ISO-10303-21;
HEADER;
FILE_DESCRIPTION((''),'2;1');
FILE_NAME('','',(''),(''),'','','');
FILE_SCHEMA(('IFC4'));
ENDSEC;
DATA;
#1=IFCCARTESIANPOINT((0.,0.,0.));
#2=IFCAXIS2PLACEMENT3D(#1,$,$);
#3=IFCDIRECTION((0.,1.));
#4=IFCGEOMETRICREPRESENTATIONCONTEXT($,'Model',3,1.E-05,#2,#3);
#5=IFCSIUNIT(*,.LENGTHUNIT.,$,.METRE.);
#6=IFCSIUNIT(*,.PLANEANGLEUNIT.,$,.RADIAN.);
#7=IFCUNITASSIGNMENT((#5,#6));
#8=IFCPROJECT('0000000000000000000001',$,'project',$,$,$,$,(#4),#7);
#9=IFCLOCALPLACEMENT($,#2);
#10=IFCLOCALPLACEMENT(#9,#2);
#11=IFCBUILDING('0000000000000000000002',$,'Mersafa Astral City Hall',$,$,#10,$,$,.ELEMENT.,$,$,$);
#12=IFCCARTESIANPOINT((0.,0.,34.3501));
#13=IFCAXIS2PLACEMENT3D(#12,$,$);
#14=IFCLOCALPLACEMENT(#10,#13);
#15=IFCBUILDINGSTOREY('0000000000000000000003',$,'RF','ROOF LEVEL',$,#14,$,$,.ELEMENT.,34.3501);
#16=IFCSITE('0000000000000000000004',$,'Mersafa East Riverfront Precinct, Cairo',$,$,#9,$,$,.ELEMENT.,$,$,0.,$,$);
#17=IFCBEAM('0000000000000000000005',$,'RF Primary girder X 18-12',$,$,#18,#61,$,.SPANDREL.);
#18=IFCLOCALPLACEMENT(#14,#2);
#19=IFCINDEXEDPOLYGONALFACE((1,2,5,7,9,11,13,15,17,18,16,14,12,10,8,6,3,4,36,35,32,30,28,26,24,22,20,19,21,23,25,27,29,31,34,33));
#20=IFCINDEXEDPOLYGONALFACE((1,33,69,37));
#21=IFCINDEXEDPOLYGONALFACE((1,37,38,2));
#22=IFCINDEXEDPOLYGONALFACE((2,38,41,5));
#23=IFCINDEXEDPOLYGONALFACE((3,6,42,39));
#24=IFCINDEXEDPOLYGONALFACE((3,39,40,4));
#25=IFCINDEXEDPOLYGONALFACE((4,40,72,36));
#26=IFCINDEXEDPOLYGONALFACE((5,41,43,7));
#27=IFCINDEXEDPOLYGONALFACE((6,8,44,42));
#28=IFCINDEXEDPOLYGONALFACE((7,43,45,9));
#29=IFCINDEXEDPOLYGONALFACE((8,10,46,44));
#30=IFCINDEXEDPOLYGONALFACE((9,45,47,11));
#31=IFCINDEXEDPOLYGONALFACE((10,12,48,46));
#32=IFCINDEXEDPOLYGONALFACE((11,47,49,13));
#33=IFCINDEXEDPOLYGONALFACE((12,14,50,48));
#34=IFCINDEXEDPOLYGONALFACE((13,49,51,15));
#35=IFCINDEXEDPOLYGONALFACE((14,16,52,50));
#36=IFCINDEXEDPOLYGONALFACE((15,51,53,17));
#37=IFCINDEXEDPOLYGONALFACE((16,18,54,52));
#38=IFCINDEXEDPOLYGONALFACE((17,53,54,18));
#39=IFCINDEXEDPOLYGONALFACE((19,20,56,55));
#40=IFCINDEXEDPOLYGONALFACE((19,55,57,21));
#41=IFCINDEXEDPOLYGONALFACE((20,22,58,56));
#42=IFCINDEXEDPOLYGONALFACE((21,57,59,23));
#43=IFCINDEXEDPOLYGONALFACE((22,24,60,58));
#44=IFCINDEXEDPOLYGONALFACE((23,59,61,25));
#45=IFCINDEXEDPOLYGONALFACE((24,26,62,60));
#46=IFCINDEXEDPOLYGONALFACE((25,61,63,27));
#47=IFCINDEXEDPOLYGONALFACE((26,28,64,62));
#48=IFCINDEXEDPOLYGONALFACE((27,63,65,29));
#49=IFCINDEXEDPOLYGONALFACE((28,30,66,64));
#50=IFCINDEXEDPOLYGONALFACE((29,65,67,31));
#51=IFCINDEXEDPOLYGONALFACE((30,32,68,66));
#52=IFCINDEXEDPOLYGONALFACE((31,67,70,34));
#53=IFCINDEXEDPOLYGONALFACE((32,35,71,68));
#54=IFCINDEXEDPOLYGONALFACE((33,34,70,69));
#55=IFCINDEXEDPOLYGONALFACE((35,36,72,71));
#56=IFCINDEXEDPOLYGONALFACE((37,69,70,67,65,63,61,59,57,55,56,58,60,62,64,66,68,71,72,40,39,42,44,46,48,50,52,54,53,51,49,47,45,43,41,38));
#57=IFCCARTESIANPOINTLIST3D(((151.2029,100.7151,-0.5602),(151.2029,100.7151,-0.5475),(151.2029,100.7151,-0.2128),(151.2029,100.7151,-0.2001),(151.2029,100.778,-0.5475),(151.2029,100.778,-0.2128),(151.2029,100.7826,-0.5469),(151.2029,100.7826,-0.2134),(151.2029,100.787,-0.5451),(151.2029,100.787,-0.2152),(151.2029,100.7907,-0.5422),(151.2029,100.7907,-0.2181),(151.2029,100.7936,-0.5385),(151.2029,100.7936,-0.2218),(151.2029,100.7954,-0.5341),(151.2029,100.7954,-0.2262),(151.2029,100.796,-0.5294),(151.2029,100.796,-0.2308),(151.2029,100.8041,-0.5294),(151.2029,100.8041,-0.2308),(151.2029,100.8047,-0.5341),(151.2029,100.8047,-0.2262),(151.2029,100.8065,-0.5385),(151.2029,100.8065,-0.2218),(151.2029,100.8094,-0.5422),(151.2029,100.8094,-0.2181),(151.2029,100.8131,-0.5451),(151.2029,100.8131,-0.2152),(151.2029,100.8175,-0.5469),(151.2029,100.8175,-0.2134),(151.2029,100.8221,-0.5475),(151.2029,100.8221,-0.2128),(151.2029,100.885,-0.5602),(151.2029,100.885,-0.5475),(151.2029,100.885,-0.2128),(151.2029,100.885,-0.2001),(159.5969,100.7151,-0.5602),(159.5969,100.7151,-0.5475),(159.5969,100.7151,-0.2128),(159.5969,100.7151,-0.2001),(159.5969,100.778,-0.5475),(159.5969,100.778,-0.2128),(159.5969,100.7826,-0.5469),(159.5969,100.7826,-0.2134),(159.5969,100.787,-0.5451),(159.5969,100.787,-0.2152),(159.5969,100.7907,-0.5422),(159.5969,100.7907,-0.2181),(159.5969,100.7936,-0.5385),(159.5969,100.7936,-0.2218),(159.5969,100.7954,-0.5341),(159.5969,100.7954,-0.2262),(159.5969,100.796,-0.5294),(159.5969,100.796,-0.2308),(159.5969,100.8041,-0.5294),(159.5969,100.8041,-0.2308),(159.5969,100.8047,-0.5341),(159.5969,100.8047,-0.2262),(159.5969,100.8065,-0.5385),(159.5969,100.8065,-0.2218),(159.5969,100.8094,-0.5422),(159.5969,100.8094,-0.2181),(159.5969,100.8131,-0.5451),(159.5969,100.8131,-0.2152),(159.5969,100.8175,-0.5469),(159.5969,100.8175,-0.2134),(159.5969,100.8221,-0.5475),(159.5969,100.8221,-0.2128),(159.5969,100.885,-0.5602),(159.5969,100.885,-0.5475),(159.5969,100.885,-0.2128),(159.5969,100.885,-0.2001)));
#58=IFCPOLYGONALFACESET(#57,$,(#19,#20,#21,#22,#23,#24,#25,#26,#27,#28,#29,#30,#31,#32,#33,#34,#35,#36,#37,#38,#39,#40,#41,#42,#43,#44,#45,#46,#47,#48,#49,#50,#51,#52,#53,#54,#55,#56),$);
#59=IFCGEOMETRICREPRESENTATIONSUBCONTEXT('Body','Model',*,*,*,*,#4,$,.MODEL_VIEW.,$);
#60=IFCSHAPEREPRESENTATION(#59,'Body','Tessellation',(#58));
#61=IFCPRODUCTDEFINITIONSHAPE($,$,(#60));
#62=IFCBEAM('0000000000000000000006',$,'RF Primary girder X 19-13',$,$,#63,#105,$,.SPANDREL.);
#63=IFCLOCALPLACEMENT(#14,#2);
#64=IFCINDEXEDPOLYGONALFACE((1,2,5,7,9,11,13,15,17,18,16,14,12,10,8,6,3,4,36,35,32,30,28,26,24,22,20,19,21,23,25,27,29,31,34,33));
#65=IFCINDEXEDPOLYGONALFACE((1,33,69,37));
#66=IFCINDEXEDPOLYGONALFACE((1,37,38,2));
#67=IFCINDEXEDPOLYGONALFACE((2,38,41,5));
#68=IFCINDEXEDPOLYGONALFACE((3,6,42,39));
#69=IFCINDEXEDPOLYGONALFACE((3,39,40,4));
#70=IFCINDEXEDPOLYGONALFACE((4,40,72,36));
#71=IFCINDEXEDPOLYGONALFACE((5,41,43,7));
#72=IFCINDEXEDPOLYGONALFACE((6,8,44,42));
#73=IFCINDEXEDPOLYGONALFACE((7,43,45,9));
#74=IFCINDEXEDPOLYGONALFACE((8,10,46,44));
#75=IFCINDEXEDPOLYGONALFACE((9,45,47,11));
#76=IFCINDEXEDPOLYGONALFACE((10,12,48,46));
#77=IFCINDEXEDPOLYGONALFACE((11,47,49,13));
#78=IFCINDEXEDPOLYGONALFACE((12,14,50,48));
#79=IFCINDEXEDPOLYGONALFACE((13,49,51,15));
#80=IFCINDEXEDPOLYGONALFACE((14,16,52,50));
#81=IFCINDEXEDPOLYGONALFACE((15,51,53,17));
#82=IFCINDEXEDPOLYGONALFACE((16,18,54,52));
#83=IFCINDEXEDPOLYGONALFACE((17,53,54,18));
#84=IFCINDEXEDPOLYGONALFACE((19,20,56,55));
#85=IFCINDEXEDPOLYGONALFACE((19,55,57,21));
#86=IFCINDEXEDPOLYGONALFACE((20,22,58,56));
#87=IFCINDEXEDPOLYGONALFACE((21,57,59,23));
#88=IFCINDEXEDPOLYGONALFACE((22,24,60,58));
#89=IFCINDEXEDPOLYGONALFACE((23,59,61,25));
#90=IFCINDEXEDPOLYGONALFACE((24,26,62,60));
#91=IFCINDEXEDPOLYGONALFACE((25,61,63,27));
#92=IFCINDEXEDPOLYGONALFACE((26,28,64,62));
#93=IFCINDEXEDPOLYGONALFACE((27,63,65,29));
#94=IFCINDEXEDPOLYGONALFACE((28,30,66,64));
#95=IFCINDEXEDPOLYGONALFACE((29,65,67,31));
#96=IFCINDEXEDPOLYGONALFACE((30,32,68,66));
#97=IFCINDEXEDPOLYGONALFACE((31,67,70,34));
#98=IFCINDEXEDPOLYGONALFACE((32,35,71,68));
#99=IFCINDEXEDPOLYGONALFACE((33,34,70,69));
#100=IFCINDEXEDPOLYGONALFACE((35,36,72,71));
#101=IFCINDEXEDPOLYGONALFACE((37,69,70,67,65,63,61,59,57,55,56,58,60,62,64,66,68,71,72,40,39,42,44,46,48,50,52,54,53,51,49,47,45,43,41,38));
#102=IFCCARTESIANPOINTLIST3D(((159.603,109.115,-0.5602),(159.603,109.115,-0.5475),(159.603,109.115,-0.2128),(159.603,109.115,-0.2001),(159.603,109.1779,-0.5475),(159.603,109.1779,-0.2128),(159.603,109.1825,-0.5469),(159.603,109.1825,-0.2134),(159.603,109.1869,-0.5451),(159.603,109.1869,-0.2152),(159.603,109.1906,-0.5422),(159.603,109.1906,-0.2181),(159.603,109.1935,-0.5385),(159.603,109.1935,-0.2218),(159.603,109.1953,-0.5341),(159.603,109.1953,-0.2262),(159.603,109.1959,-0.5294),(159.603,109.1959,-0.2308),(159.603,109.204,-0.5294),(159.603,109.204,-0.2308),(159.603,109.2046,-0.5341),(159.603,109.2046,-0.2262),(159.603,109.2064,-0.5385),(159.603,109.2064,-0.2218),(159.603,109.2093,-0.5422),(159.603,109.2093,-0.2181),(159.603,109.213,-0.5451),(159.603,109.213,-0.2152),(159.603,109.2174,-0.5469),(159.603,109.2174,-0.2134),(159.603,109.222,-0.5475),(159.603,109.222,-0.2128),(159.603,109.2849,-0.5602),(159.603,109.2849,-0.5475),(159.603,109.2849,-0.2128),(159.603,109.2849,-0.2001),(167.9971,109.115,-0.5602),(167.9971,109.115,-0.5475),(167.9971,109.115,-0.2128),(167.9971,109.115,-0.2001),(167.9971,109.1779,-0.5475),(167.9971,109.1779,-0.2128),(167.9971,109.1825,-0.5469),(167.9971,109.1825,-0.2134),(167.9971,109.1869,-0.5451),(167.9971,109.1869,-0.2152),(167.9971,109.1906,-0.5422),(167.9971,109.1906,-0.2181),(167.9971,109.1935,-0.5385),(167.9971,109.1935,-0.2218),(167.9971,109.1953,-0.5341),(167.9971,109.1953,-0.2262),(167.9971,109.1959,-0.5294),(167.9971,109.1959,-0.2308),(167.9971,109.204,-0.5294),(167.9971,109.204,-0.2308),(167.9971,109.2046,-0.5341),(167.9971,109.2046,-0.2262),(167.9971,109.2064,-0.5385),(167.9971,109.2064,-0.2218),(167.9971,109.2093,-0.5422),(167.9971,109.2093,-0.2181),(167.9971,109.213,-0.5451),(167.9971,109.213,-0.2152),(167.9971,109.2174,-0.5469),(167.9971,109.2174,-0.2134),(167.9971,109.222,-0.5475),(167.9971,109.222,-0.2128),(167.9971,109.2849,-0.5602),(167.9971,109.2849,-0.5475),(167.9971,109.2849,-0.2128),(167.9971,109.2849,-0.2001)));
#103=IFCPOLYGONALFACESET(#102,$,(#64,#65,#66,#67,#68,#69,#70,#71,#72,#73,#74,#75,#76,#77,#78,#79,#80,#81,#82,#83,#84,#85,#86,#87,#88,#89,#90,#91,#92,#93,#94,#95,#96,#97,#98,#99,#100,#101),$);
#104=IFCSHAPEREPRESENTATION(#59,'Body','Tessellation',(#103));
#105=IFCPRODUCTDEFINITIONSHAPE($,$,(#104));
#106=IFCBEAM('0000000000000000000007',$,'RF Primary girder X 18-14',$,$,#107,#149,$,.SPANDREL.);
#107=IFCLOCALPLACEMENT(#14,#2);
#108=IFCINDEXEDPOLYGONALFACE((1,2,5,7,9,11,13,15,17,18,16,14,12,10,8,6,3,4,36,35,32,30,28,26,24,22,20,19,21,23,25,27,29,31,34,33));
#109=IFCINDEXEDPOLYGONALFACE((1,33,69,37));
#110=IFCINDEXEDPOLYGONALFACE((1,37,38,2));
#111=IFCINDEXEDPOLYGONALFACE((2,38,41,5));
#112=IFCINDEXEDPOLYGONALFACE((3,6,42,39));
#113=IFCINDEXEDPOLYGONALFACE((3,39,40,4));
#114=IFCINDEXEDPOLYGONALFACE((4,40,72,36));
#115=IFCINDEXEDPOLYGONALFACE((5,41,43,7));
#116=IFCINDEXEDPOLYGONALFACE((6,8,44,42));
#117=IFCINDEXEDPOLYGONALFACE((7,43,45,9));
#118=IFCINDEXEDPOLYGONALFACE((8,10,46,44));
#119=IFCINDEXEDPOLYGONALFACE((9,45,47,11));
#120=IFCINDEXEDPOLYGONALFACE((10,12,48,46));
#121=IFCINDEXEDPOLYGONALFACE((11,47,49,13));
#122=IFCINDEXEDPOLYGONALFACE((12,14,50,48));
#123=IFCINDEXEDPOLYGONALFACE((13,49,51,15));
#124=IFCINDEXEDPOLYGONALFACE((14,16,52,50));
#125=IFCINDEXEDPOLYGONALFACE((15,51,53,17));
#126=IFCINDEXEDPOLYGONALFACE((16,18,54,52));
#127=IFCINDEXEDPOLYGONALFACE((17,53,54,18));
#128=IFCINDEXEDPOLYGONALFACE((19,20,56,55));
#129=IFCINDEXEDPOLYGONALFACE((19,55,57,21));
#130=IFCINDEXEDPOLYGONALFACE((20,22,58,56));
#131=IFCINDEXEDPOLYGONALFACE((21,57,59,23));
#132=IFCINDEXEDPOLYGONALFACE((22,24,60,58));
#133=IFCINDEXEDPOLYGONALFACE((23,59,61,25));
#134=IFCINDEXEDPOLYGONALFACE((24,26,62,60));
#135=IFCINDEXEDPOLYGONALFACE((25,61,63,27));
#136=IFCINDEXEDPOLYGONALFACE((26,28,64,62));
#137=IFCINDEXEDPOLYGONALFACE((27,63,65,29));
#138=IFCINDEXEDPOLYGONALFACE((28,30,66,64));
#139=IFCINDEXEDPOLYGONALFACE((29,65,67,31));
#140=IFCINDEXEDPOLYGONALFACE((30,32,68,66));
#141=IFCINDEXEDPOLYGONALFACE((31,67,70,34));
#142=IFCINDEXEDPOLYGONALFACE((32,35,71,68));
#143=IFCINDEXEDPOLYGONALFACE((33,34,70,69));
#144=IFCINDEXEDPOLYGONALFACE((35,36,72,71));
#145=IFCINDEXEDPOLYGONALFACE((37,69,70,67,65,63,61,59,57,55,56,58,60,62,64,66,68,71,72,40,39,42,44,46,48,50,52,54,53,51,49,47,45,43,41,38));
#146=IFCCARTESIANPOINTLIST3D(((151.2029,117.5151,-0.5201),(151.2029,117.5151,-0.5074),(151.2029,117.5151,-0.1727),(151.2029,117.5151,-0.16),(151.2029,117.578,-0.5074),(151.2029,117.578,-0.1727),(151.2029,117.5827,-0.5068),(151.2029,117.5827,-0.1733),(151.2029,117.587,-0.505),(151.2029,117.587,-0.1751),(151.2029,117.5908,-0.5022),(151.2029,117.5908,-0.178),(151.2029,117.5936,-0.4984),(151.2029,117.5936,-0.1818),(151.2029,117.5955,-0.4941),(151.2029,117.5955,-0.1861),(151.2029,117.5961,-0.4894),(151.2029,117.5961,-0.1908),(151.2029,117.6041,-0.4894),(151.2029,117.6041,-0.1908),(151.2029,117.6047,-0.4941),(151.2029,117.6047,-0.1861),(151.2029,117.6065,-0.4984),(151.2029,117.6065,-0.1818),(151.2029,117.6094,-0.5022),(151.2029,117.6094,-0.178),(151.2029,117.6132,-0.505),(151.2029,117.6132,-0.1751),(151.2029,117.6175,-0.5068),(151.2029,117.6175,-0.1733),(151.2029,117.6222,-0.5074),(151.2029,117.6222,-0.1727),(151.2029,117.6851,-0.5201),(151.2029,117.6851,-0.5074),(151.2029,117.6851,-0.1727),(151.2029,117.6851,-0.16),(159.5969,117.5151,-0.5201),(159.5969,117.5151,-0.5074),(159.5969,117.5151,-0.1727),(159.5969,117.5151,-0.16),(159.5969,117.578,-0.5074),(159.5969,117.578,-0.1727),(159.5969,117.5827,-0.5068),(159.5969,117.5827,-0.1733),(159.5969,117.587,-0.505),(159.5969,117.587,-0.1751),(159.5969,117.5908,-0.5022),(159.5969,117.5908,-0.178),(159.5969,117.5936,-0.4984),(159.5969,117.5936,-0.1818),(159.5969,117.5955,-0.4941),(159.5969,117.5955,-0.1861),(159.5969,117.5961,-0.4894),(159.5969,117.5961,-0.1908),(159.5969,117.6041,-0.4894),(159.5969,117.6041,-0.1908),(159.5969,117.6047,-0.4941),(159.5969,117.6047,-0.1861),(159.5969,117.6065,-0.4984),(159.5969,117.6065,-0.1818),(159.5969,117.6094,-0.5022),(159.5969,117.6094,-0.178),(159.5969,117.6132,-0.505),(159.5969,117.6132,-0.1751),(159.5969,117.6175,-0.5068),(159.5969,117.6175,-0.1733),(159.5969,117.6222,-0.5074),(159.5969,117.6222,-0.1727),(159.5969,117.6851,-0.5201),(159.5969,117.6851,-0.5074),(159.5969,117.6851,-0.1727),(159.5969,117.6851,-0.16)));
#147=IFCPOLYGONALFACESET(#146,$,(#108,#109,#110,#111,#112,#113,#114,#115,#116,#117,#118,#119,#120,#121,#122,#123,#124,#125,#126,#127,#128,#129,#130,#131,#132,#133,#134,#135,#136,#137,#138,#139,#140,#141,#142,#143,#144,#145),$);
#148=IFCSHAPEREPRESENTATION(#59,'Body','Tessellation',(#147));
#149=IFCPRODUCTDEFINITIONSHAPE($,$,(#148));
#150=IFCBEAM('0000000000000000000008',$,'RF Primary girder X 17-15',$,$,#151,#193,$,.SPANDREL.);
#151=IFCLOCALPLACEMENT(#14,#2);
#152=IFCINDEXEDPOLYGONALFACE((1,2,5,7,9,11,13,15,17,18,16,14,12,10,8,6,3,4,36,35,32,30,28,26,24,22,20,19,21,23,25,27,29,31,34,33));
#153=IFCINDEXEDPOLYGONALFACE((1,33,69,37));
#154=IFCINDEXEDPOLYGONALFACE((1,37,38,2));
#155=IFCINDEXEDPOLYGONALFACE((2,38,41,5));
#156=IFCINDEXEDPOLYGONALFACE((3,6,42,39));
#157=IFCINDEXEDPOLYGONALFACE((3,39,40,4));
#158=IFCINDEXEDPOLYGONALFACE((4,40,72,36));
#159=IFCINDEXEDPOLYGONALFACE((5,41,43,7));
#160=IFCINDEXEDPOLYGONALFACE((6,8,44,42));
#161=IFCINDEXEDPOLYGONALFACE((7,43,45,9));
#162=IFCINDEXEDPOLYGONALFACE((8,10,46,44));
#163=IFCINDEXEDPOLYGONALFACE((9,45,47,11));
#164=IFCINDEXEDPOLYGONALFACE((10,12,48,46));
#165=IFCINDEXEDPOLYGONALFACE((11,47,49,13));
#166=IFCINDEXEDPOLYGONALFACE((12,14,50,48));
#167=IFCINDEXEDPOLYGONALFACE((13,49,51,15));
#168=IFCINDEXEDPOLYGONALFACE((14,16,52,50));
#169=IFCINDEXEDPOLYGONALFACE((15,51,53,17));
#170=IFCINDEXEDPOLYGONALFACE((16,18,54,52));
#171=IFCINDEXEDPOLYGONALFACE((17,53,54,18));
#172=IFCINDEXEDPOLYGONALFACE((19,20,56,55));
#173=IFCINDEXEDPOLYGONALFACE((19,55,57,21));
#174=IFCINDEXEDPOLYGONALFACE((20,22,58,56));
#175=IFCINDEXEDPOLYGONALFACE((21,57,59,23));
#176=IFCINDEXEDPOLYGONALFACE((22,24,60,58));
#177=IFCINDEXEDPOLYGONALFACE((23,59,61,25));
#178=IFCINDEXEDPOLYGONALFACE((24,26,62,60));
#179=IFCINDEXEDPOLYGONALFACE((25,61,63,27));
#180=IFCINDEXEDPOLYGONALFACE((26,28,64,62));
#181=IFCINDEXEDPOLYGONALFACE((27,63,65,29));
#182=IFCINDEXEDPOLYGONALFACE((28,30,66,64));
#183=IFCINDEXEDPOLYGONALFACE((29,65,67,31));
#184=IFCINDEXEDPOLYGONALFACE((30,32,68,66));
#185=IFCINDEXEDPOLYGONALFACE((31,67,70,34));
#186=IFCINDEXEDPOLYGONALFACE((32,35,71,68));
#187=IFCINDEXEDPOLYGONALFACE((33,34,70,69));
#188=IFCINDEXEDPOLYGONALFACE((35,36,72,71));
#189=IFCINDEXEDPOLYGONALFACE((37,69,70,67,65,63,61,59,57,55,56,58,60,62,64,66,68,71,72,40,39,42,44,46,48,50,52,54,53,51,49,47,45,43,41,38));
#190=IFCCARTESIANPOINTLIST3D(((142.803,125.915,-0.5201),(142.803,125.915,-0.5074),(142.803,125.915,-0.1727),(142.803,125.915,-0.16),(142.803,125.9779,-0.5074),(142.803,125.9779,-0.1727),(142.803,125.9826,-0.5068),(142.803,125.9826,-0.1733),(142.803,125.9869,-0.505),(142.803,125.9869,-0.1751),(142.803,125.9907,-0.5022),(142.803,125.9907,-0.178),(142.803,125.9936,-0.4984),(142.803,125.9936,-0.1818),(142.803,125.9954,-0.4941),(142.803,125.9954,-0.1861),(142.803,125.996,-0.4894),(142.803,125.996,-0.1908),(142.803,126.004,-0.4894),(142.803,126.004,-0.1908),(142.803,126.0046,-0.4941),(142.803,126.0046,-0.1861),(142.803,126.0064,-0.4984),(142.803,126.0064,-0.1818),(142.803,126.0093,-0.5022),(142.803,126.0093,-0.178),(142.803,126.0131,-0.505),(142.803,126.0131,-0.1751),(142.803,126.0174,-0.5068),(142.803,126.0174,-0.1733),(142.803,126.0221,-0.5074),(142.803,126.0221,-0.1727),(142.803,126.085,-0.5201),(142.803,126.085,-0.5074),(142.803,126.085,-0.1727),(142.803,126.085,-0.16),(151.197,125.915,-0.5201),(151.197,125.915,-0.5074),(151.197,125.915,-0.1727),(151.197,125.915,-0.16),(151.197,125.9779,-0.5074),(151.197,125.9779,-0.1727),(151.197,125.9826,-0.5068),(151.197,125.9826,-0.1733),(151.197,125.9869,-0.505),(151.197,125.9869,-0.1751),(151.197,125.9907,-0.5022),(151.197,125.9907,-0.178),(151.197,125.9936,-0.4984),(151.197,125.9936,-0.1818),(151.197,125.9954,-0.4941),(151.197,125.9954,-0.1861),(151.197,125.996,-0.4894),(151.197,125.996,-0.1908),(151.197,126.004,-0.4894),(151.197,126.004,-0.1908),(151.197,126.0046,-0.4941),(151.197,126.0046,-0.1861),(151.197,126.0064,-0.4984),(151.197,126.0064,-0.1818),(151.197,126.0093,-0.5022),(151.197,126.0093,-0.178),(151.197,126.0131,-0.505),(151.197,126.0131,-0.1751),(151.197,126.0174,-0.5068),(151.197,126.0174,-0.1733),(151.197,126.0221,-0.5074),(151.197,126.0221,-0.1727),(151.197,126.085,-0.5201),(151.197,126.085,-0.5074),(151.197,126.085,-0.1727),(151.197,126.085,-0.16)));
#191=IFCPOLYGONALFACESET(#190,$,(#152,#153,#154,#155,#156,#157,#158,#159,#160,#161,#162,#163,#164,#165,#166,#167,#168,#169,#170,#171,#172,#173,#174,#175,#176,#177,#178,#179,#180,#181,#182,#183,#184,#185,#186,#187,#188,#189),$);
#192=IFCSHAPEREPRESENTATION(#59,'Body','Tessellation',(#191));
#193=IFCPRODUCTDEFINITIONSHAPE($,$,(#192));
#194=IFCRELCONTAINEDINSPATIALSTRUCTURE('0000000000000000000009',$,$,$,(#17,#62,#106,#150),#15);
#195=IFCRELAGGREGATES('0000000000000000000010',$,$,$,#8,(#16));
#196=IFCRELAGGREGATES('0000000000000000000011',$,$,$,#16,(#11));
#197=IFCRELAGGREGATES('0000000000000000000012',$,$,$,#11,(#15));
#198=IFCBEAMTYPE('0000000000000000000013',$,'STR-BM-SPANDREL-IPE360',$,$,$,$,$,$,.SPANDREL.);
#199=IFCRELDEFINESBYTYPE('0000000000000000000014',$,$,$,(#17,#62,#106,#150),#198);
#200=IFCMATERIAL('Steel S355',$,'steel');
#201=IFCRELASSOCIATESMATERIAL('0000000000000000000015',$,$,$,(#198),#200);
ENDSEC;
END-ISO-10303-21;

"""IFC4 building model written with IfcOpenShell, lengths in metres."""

from ifc_helpers import new_model, si_unit, direction, frame, origin, origin_2d, place, context, subcontext, project, spatial, i_section, extrude, material, material_profile, profile_set, type_object, element, save


model = new_model("IFC4")

# Units and contexts
model_context = context("Model", 3, precision=1e-05, world=origin(), true_north=direction((0.0, 1.0)))
body_context = subcontext(model_context, "Body", "Model", "MODEL_VIEW")
ifc_project = project(units=[si_unit("LENGTHUNIT", "METRE"), si_unit("PLANEANGLEUNIT", "RADIAN")], contexts=[model_context])

# Site, building, storey
site_placement = place(None, origin())
site = spatial("IfcSite", under=ifc_project, at=site_placement, Name="Mersafa East Riverfront Precinct, Cairo", CompositionType="ELEMENT", RefElevation=0.0)
building_placement = place(site_placement, origin())
building = spatial("IfcBuilding", under=site, at=building_placement, Name="Mersafa Astral City Hall", CompositionType="ELEMENT")
storey_placement = place(building_placement, frame((0.0, 0.0, 34.3501)))
storey = spatial("IfcBuildingStorey", under=building, at=storey_placement, Name="RF", Description="ROOF LEVEL", CompositionType="ELEMENT", Elevation=34.3501)

# Shared definitions
ifc_material_1 = material(Name="Steel S355", Category="steel")

# Beams
ifc_material_profile_1 = material_profile(ifc_material_1, i_section(OverallWidth=0.1699, OverallDepth=0.3601, WebThickness=0.0081, FlangeThickness=0.0127, FilletRadius=0.0181, at=origin_2d()), Name="IPE 360")
ifc_profile_set_1 = profile_set([ifc_material_profile_1], Name="Steel S355")
beam_type_1 = type_object("IfcBeamType", Name="STR-BM-SPANDREL-IPE360", PredefinedType="SPANDREL", material=ifc_profile_set_1)
for number, where, z_axis, x_axis, name in (
    (1, (151.2029, 100.8, -0.3801), (1.0, 0.0, 0.0), (0.0, 1.0, 0.0), "RF Primary girder X 18-12"),
    (2, (159.603, 109.2, -0.3801), (1.0, 0.0, 0.0), (0.0, 1.0, 0.0), "RF Primary girder X 19-13"),
    (3, (151.2029, 117.6001, -0.3401), (1.0, 0.0, 0.0), (0.0, 1.0, 0.0), "RF Primary girder X 18-14"),
    (4, (142.803, 126.0, -0.3401), (1.0, 0.0, 0.0), (0.0, 1.0, 0.0), "RF Primary girder X 17-15"),
):
    element("IfcBeam", number, at=place(storey_placement, frame(where, z_axis=z_axis, x_axis=x_axis)), inside=storey, type_object=beam_type_1, Name=name, PredefinedType="SPANDREL", context=body_context, shape_type="SweptSolid", body=[
        extrude(i_section(OverallWidth=0.1699, OverallDepth=0.3601, WebThickness=0.0081, FlangeThickness=0.0127, FilletRadius=0.0181, at=origin_2d()), origin(), (0.0, 0.0, 1.0), 8.394),
    ])

save(model, "model.ifc")
